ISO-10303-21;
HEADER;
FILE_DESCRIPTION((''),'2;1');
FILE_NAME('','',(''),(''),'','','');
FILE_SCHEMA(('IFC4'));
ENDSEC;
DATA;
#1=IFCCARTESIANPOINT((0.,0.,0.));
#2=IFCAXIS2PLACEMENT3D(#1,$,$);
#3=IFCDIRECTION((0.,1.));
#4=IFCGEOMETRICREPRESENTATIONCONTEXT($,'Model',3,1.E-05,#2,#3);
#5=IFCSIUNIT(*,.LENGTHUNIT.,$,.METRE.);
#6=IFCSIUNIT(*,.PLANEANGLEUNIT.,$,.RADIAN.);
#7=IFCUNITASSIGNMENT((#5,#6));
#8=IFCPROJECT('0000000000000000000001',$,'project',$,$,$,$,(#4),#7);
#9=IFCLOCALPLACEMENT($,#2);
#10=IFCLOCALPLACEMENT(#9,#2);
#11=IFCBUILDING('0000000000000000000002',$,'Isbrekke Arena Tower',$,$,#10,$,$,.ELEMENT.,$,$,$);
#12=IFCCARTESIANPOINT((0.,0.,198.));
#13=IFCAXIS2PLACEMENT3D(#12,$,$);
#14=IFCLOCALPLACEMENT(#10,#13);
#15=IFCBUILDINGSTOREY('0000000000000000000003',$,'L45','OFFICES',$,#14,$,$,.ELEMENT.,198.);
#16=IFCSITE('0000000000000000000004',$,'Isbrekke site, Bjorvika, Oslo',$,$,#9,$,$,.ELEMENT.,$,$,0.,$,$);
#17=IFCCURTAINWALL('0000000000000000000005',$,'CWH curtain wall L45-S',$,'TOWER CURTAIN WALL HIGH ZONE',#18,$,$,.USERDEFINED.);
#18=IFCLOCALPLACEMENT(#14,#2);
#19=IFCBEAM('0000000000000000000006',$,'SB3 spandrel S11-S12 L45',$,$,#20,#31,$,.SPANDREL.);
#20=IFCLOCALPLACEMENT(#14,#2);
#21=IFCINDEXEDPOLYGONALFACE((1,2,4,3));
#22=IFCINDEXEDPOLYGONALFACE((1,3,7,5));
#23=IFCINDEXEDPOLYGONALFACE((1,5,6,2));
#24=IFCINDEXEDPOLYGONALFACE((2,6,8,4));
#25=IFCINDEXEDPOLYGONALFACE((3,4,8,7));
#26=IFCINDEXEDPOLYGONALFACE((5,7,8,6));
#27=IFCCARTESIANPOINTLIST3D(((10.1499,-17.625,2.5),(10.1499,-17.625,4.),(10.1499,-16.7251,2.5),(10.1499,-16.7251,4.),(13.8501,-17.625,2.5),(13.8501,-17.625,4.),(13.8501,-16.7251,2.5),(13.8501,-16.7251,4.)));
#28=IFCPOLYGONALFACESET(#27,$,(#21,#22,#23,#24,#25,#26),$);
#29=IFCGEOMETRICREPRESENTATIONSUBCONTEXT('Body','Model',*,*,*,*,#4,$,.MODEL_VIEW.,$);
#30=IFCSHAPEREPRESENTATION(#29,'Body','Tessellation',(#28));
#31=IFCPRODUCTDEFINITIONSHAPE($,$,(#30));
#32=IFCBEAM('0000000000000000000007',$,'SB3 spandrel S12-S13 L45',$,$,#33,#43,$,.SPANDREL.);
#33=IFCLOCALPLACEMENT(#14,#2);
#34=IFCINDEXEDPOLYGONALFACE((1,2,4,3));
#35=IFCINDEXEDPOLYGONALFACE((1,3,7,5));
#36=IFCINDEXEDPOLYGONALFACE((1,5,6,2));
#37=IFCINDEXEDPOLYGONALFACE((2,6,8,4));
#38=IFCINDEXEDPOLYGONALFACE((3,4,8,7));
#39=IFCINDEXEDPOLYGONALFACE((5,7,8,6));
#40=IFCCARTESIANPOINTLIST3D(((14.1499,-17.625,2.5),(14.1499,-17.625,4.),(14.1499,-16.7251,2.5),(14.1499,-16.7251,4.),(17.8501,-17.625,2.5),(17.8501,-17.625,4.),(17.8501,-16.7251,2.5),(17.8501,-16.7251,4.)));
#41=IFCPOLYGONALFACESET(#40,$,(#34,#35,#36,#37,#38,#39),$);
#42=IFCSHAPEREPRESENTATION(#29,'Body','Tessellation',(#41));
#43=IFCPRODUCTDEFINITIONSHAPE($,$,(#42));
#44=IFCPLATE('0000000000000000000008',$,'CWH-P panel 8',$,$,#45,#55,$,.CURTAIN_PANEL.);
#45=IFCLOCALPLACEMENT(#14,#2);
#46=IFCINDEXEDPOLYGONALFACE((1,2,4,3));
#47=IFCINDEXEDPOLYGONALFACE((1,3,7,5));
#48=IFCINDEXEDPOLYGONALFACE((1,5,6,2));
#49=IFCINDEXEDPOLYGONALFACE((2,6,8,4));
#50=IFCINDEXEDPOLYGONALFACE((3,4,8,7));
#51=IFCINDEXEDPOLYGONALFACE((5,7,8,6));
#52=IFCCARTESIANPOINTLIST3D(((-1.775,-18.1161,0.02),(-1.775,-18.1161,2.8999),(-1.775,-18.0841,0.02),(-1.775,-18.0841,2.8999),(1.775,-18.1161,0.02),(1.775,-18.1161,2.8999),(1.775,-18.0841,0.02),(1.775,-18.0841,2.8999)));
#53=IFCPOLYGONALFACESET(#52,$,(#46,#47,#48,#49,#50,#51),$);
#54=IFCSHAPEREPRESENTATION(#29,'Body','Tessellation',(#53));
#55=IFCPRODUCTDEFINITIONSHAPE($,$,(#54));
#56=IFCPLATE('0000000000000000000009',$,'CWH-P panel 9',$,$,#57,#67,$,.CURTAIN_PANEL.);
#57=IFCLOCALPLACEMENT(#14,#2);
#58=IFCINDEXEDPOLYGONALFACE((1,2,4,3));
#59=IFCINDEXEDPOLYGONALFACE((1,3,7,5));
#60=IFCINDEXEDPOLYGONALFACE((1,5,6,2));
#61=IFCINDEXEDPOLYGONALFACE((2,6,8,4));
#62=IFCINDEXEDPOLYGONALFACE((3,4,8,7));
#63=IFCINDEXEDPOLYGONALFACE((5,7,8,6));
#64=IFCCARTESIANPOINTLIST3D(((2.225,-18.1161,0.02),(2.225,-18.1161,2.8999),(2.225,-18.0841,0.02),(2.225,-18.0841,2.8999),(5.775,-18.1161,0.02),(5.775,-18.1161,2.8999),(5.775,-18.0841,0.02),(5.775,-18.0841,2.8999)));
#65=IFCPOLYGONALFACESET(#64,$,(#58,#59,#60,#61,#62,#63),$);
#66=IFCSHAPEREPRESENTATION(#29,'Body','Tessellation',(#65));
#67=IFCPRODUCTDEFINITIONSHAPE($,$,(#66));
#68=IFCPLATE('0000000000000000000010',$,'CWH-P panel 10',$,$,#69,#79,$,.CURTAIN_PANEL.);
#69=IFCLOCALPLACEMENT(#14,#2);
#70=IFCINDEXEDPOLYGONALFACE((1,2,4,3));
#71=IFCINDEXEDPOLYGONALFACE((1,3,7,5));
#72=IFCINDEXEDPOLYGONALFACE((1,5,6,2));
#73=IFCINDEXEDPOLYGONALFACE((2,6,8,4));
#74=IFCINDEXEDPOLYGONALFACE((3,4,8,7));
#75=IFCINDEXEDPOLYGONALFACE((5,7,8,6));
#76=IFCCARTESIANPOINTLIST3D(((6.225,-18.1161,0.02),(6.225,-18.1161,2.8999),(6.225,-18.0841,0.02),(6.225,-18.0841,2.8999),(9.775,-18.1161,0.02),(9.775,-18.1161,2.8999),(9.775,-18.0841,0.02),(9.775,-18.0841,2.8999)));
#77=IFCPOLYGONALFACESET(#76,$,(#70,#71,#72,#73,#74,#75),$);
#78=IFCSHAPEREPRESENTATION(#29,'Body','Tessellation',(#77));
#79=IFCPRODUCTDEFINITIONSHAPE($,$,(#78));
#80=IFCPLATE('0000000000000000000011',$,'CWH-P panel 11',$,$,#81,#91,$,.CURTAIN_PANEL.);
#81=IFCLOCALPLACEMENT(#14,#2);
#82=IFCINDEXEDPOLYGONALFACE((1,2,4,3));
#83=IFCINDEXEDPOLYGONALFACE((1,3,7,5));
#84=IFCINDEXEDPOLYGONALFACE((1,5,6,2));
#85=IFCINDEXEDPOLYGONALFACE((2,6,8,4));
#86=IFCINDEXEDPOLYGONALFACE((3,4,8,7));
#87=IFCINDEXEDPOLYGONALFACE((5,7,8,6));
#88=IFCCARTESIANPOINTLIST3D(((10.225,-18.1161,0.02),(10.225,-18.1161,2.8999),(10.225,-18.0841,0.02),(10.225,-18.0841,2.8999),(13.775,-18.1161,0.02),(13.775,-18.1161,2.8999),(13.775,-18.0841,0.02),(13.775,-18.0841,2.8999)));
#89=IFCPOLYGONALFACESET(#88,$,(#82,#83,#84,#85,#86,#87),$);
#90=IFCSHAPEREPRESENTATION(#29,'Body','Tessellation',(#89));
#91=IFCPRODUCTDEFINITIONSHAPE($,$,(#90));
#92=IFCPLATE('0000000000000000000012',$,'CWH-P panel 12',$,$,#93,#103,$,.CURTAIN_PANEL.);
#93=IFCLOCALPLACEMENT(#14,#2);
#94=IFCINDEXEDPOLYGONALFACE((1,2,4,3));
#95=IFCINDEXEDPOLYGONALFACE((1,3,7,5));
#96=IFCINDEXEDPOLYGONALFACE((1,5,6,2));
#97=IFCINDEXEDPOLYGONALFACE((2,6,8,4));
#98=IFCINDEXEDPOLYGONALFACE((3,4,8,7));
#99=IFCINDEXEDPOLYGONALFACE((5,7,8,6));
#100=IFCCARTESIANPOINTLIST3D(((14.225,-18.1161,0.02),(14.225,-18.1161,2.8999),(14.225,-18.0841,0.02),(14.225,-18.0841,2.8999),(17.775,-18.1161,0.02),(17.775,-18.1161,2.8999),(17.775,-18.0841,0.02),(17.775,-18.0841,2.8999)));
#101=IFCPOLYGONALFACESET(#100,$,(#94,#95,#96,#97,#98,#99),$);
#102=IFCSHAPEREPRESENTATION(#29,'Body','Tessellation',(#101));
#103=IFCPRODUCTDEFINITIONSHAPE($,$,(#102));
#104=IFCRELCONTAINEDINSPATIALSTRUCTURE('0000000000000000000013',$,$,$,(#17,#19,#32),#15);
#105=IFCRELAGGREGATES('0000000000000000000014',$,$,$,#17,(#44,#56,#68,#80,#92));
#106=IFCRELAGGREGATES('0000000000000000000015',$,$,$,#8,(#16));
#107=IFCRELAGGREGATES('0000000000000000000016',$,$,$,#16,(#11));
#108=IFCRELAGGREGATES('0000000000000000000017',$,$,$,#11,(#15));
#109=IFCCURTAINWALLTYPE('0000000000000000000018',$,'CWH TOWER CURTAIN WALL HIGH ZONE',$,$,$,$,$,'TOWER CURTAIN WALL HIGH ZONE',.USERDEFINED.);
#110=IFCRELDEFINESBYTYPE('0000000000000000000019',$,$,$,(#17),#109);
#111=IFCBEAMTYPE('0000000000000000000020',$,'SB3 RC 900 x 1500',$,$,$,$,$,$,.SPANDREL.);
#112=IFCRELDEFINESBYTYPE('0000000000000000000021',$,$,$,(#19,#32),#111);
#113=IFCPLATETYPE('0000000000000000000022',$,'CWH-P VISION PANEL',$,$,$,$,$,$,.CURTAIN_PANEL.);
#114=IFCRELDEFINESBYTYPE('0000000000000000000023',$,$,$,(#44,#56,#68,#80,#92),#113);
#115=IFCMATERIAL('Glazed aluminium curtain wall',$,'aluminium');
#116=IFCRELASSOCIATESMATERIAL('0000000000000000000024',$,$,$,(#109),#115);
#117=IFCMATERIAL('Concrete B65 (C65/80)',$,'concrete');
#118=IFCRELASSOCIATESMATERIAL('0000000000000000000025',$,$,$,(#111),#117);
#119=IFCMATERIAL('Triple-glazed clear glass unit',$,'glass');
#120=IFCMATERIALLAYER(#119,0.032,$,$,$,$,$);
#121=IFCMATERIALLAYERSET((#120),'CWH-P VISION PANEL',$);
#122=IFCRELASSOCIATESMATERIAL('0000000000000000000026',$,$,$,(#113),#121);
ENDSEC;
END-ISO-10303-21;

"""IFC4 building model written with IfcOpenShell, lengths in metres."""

from ifc_helpers import new_model, si_unit, direction, frame, origin, origin_2d, place, context, subcontext, project, spatial, rectangle, extrude, material, layer, layer_set, material_profile, profile_set, type_object, element, aggregate, save


model = new_model("IFC4")

# Units and contexts
model_context = context("Model", 3, precision=1e-05, world=origin(), true_north=direction((0.0, 1.0)))
body_context = subcontext(model_context, "Body", "Model", "MODEL_VIEW")
ifc_project = project(units=[si_unit("LENGTHUNIT", "METRE"), si_unit("PLANEANGLEUNIT", "RADIAN")], contexts=[model_context])

# Site, building, storey
site_placement = place(None, origin())
site = spatial("IfcSite", under=ifc_project, at=site_placement, Name="Isbrekke site, Bjorvika, Oslo", CompositionType="ELEMENT", RefElevation=0.0)
building_placement = place(site_placement, origin())
building = spatial("IfcBuilding", under=site, at=building_placement, Name="Isbrekke Arena Tower", CompositionType="ELEMENT")
storey_placement = place(building_placement, frame((0.0, 0.0, 198.0)))
storey = spatial("IfcBuildingStorey", under=building, at=storey_placement, Name="L45", Description="OFFICES", CompositionType="ELEMENT", Elevation=198.0)

# Curtain wall
ifc_material_1 = material(Name="Glazed aluminium curtain wall", Category="aluminium")
curtain_wall_type = type_object("IfcCurtainWallType", Name="CWH TOWER CURTAIN WALL HIGH ZONE", ElementType="TOWER CURTAIN WALL HIGH ZONE", PredefinedType="USERDEFINED", material=ifc_material_1)
curtain_wall_placement = place(storey_placement, origin())
curtain_wall = element("IfcCurtainWall", 1, at=curtain_wall_placement, inside=storey, type_object=curtain_wall_type, Name="CWH curtain wall L45-S", ObjectType="TOWER CURTAIN WALL HIGH ZONE", PredefinedType="USERDEFINED")

# Beams
ifc_material_2 = material(Name="Concrete B65 (C65/80)", Category="concrete")
ifc_material_profile_1 = material_profile(ifc_material_2, rectangle(XDim=0.8999, YDim=1.5, at=origin_2d()), Name="RC 900x1500")
ifc_profile_set_1 = profile_set([ifc_material_profile_1], Name="Concrete B65 (C65/80)")
beam_type_1 = type_object("IfcBeamType", Name="SB3 RC 900 x 1500", PredefinedType="SPANDREL", material=ifc_profile_set_1)
for number, where, z_axis, x_axis, name in (
    (2, (10.1499, -17.175, 3.25), (1.0, 0.0, 0.0), (0.0, 1.0, 0.0), "SB3 spandrel S11-S12 L45"),
    (3, (14.1499, -17.175, 3.25), (1.0, 0.0, 0.0), (0.0, 1.0, 0.0), "SB3 spandrel S12-S13 L45"),
):
    element("IfcBeam", number, at=place(storey_placement, frame(where, z_axis=z_axis, x_axis=x_axis)), inside=storey, type_object=beam_type_1, Name=name, PredefinedType="SPANDREL", context=body_context, shape_type="SweptSolid", body=[
        extrude(rectangle(XDim=0.8999, YDim=1.5, at=origin_2d()), origin(), (0.0, 0.0, 1.0), 3.7002),
    ])

# Plates
ifc_material_3 = material(Name="Triple-glazed clear glass unit", Category="glass")
ifc_layer = layer(ifc_material_3, 0.032)
ifc_layer_set = layer_set([ifc_layer], Name="CWH-P VISION PANEL")
plate_type = type_object("IfcPlateType", Name="CWH-P VISION PANEL", PredefinedType="CURTAIN_PANEL", material=ifc_layer_set)
plate_1_placement = place(storey_placement, frame((0.0, -18.1001, 0.02), z_axis=(0.0, 0.0, 1.0), x_axis=(1.0, 0.0, 0.0)))
plate_1 = element("IfcPlate", 4, at=plate_1_placement, type_object=plate_type, Name="CWH-P panel 8", PredefinedType="CURTAIN_PANEL", context=body_context, shape_type="SweptSolid", body=[
    extrude(rectangle(XDim=3.55, YDim=0.032, at=origin_2d()), origin(), (0.0, 0.0, 1.0), 2.8799),
])
plate_2_placement = place(storey_placement, frame((4.0, -18.1001, 0.02), z_axis=(0.0, 0.0, 1.0), x_axis=(1.0, 0.0, 0.0)))
plate_2 = element("IfcPlate", 5, at=plate_2_placement, type_object=plate_type, Name="CWH-P panel 9", PredefinedType="CURTAIN_PANEL", context=body_context, shape_type="SweptSolid", body=[
    extrude(rectangle(XDim=3.55, YDim=0.032, at=origin_2d()), origin(), (0.0, 0.0, 1.0), 2.8799),
])
plate_3_placement = place(storey_placement, frame((8.0, -18.1001, 0.02), z_axis=(0.0, 0.0, 1.0), x_axis=(1.0, 0.0, 0.0)))
plate_3 = element("IfcPlate", 6, at=plate_3_placement, type_object=plate_type, Name="CWH-P panel 10", PredefinedType="CURTAIN_PANEL", context=body_context, shape_type="SweptSolid", body=[
    extrude(rectangle(XDim=3.55, YDim=0.032, at=origin_2d()), origin(), (0.0, 0.0, 1.0), 2.8799),
])
plate_4_placement = place(storey_placement, frame((12.0, -18.1001, 0.02), z_axis=(0.0, 0.0, 1.0), x_axis=(1.0, 0.0, 0.0)))
plate_4 = element("IfcPlate", 7, at=plate_4_placement, type_object=plate_type, Name="CWH-P panel 11", PredefinedType="CURTAIN_PANEL", context=body_context, shape_type="SweptSolid", body=[
    extrude(rectangle(XDim=3.55, YDim=0.032, at=origin_2d()), origin(), (0.0, 0.0, 1.0), 2.8799),
])
plate_5_placement = place(storey_placement, frame((16.0, -18.1001, 0.02), z_axis=(0.0, 0.0, 1.0), x_axis=(1.0, 0.0, 0.0)))
plate_5 = element("IfcPlate", 8, at=plate_5_placement, type_object=plate_type, Name="CWH-P panel 12", PredefinedType="CURTAIN_PANEL", context=body_context, shape_type="SweptSolid", body=[
    extrude(rectangle(XDim=3.55, YDim=0.032, at=origin_2d()), origin(), (0.0, 0.0, 1.0), 2.8799),
])
aggregate(curtain_wall, [plate_1, plate_2, plate_3, plate_4, plate_5])

save(model, "model.ifc")
